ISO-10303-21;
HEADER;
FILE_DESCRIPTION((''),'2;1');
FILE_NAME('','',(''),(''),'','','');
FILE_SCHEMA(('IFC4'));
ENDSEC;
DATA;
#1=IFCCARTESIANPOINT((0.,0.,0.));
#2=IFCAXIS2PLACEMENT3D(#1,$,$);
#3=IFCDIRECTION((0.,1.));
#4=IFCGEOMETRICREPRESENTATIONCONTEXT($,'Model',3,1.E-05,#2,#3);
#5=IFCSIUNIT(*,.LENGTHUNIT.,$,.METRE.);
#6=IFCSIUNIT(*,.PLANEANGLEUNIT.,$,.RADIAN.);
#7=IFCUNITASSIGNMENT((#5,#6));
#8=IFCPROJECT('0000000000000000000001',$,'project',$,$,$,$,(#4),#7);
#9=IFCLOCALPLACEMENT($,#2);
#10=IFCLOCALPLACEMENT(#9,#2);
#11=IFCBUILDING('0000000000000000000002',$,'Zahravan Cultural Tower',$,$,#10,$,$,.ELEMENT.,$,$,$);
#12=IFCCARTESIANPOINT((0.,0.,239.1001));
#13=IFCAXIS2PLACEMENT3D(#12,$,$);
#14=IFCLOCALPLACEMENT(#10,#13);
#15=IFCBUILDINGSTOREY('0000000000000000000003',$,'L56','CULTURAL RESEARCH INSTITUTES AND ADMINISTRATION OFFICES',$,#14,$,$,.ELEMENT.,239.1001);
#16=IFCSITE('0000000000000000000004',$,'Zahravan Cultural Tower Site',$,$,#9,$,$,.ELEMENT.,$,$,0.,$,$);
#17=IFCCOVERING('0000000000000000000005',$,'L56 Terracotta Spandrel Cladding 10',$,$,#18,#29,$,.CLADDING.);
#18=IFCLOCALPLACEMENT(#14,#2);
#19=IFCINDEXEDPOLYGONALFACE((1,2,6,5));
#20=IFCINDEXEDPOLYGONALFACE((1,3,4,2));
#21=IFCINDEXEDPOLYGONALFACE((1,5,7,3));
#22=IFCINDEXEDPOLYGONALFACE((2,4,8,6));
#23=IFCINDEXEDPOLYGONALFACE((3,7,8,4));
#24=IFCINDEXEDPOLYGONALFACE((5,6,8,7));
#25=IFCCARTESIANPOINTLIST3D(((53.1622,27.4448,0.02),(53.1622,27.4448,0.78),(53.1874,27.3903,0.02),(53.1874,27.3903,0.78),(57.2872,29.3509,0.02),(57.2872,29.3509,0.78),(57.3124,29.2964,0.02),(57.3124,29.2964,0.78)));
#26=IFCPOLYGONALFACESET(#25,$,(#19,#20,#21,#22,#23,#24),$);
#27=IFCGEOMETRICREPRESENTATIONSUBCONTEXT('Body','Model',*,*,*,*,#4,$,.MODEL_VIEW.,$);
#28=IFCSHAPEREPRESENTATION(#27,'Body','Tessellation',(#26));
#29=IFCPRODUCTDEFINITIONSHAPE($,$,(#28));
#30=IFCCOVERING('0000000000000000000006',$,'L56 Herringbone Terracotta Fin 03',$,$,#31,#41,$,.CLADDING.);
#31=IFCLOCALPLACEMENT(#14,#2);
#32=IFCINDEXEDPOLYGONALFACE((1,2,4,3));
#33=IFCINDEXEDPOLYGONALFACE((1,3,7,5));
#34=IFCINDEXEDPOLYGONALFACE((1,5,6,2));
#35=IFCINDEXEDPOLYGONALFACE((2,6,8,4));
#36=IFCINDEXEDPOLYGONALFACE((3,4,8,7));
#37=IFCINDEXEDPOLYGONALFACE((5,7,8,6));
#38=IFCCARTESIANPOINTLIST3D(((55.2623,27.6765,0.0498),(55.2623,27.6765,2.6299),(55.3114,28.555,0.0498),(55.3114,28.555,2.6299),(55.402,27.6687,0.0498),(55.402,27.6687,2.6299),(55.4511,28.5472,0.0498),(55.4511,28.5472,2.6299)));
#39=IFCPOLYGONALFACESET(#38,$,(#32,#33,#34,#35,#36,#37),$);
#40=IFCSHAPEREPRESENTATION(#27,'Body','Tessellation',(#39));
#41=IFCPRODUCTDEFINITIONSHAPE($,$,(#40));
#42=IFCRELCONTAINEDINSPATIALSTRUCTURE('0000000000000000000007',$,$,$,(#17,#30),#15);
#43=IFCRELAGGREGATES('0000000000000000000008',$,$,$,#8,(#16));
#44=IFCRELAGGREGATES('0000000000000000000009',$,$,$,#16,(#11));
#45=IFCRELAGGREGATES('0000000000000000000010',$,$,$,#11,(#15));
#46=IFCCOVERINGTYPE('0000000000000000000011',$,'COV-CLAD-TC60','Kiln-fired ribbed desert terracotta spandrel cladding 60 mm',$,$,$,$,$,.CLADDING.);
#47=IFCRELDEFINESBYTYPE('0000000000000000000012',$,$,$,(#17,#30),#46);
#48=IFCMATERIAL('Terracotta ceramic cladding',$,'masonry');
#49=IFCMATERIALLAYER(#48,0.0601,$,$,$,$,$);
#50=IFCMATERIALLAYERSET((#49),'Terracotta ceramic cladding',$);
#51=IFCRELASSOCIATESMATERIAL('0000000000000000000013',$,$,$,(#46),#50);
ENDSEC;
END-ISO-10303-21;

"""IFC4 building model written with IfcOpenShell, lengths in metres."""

from ifc_helpers import new_model, si_unit, direction, frame, origin, origin_2d, place, context, subcontext, project, spatial, rectangle, extrude, source, transform, mapped, material, layer, layer_set, type_object, element, save


model = new_model("IFC4")

# Units and contexts
model_context = context("Model", 3, precision=1e-05, world=origin(), true_north=direction((0.0, 1.0)))
body_context = subcontext(model_context, "Body", "Model", "MODEL_VIEW")
ifc_project = project(units=[si_unit("LENGTHUNIT", "METRE"), si_unit("PLANEANGLEUNIT", "RADIAN")], contexts=[model_context])

# Site, building, storey
site_placement = place(None, origin())
site = spatial("IfcSite", under=ifc_project, at=site_placement, Name="Zahravan Cultural Tower Site", CompositionType="ELEMENT", RefElevation=0.0)
building_placement = place(site_placement, origin())
building = spatial("IfcBuilding", under=site, at=building_placement, Name="Zahravan Cultural Tower", CompositionType="ELEMENT")
storey_placement = place(building_placement, frame((0.0, 0.0, 239.1001)))
storey = spatial("IfcBuildingStorey", under=building, at=storey_placement, Name="L56", Description="CULTURAL RESEARCH INSTITUTES AND ADMINISTRATION OFFICES", CompositionType="ELEMENT", Elevation=239.1001)

# Coverings
ifc_material_1 = material(Name="Terracotta ceramic cladding", Category="masonry")
ifc_layer_1 = layer(ifc_material_1, 0.0601)
ifc_layer_set_1 = layer_set([ifc_layer_1], Name="Terracotta ceramic cladding")
covering_type = type_object("IfcCoveringType", Name="COV-CLAD-TC60", Description="Kiln-fired ribbed desert terracotta spandrel cladding 60 mm", PredefinedType="CLADDING", material=ifc_layer_set_1)
shared_shape_1 = source(origin(), body_context, "Body", "SweptSolid", [
    extrude(rectangle(XDim=4.5442, YDim=0.0601, at=origin_2d()), origin(), (0.0, 0.0, 1.0), 0.76),
])
covering_1_placement = place(storey_placement, frame((55.2373, 28.3706, 0.02), z_axis=(0.0, 0.0, 1.0), x_axis=(-0.90777, -0.419468, 0.0)))
element("IfcCovering", 1, at=covering_1_placement, inside=storey, type_object=covering_type, Name="L56 Terracotta Spandrel Cladding 10", PredefinedType="CLADDING", context=body_context, shape_type="MappedRepresentation", body=[
    mapped(shared_shape_1, transform((0.0, 0.0, 0.0), x_axis=(1.0, 0.0, 0.0), y_axis=(0.0, 1.0, 0.0), z_axis=(0.0, 0.0, 1.0), scale=1.0)),
])
shared_shape_2 = source(origin(), body_context, "Body", "SweptSolid", [
    extrude(rectangle(XDim=0.8799, YDim=0.1399, at=origin_2d()), origin(), (0.0, 0.0, 1.0), 2.5801),
])
covering_2_placement = place(storey_placement, frame((55.3567, 28.1118, 0.0498), z_axis=(0.0, 0.0, 1.0), x_axis=(-0.055804, -0.998442, 0.0)))
element("IfcCovering", 2, at=covering_2_placement, inside=storey, type_object=covering_type, Name="L56 Herringbone Terracotta Fin 03", PredefinedType="CLADDING", context=body_context, shape_type="MappedRepresentation", body=[
    mapped(shared_shape_2, transform((0.0, 0.0, 0.0), x_axis=(1.0, 0.0, 0.0), y_axis=(0.0, 1.0, 0.0), z_axis=(0.0, 0.0, 1.0), scale=1.0)),
])

save(model, "model.ifc")
